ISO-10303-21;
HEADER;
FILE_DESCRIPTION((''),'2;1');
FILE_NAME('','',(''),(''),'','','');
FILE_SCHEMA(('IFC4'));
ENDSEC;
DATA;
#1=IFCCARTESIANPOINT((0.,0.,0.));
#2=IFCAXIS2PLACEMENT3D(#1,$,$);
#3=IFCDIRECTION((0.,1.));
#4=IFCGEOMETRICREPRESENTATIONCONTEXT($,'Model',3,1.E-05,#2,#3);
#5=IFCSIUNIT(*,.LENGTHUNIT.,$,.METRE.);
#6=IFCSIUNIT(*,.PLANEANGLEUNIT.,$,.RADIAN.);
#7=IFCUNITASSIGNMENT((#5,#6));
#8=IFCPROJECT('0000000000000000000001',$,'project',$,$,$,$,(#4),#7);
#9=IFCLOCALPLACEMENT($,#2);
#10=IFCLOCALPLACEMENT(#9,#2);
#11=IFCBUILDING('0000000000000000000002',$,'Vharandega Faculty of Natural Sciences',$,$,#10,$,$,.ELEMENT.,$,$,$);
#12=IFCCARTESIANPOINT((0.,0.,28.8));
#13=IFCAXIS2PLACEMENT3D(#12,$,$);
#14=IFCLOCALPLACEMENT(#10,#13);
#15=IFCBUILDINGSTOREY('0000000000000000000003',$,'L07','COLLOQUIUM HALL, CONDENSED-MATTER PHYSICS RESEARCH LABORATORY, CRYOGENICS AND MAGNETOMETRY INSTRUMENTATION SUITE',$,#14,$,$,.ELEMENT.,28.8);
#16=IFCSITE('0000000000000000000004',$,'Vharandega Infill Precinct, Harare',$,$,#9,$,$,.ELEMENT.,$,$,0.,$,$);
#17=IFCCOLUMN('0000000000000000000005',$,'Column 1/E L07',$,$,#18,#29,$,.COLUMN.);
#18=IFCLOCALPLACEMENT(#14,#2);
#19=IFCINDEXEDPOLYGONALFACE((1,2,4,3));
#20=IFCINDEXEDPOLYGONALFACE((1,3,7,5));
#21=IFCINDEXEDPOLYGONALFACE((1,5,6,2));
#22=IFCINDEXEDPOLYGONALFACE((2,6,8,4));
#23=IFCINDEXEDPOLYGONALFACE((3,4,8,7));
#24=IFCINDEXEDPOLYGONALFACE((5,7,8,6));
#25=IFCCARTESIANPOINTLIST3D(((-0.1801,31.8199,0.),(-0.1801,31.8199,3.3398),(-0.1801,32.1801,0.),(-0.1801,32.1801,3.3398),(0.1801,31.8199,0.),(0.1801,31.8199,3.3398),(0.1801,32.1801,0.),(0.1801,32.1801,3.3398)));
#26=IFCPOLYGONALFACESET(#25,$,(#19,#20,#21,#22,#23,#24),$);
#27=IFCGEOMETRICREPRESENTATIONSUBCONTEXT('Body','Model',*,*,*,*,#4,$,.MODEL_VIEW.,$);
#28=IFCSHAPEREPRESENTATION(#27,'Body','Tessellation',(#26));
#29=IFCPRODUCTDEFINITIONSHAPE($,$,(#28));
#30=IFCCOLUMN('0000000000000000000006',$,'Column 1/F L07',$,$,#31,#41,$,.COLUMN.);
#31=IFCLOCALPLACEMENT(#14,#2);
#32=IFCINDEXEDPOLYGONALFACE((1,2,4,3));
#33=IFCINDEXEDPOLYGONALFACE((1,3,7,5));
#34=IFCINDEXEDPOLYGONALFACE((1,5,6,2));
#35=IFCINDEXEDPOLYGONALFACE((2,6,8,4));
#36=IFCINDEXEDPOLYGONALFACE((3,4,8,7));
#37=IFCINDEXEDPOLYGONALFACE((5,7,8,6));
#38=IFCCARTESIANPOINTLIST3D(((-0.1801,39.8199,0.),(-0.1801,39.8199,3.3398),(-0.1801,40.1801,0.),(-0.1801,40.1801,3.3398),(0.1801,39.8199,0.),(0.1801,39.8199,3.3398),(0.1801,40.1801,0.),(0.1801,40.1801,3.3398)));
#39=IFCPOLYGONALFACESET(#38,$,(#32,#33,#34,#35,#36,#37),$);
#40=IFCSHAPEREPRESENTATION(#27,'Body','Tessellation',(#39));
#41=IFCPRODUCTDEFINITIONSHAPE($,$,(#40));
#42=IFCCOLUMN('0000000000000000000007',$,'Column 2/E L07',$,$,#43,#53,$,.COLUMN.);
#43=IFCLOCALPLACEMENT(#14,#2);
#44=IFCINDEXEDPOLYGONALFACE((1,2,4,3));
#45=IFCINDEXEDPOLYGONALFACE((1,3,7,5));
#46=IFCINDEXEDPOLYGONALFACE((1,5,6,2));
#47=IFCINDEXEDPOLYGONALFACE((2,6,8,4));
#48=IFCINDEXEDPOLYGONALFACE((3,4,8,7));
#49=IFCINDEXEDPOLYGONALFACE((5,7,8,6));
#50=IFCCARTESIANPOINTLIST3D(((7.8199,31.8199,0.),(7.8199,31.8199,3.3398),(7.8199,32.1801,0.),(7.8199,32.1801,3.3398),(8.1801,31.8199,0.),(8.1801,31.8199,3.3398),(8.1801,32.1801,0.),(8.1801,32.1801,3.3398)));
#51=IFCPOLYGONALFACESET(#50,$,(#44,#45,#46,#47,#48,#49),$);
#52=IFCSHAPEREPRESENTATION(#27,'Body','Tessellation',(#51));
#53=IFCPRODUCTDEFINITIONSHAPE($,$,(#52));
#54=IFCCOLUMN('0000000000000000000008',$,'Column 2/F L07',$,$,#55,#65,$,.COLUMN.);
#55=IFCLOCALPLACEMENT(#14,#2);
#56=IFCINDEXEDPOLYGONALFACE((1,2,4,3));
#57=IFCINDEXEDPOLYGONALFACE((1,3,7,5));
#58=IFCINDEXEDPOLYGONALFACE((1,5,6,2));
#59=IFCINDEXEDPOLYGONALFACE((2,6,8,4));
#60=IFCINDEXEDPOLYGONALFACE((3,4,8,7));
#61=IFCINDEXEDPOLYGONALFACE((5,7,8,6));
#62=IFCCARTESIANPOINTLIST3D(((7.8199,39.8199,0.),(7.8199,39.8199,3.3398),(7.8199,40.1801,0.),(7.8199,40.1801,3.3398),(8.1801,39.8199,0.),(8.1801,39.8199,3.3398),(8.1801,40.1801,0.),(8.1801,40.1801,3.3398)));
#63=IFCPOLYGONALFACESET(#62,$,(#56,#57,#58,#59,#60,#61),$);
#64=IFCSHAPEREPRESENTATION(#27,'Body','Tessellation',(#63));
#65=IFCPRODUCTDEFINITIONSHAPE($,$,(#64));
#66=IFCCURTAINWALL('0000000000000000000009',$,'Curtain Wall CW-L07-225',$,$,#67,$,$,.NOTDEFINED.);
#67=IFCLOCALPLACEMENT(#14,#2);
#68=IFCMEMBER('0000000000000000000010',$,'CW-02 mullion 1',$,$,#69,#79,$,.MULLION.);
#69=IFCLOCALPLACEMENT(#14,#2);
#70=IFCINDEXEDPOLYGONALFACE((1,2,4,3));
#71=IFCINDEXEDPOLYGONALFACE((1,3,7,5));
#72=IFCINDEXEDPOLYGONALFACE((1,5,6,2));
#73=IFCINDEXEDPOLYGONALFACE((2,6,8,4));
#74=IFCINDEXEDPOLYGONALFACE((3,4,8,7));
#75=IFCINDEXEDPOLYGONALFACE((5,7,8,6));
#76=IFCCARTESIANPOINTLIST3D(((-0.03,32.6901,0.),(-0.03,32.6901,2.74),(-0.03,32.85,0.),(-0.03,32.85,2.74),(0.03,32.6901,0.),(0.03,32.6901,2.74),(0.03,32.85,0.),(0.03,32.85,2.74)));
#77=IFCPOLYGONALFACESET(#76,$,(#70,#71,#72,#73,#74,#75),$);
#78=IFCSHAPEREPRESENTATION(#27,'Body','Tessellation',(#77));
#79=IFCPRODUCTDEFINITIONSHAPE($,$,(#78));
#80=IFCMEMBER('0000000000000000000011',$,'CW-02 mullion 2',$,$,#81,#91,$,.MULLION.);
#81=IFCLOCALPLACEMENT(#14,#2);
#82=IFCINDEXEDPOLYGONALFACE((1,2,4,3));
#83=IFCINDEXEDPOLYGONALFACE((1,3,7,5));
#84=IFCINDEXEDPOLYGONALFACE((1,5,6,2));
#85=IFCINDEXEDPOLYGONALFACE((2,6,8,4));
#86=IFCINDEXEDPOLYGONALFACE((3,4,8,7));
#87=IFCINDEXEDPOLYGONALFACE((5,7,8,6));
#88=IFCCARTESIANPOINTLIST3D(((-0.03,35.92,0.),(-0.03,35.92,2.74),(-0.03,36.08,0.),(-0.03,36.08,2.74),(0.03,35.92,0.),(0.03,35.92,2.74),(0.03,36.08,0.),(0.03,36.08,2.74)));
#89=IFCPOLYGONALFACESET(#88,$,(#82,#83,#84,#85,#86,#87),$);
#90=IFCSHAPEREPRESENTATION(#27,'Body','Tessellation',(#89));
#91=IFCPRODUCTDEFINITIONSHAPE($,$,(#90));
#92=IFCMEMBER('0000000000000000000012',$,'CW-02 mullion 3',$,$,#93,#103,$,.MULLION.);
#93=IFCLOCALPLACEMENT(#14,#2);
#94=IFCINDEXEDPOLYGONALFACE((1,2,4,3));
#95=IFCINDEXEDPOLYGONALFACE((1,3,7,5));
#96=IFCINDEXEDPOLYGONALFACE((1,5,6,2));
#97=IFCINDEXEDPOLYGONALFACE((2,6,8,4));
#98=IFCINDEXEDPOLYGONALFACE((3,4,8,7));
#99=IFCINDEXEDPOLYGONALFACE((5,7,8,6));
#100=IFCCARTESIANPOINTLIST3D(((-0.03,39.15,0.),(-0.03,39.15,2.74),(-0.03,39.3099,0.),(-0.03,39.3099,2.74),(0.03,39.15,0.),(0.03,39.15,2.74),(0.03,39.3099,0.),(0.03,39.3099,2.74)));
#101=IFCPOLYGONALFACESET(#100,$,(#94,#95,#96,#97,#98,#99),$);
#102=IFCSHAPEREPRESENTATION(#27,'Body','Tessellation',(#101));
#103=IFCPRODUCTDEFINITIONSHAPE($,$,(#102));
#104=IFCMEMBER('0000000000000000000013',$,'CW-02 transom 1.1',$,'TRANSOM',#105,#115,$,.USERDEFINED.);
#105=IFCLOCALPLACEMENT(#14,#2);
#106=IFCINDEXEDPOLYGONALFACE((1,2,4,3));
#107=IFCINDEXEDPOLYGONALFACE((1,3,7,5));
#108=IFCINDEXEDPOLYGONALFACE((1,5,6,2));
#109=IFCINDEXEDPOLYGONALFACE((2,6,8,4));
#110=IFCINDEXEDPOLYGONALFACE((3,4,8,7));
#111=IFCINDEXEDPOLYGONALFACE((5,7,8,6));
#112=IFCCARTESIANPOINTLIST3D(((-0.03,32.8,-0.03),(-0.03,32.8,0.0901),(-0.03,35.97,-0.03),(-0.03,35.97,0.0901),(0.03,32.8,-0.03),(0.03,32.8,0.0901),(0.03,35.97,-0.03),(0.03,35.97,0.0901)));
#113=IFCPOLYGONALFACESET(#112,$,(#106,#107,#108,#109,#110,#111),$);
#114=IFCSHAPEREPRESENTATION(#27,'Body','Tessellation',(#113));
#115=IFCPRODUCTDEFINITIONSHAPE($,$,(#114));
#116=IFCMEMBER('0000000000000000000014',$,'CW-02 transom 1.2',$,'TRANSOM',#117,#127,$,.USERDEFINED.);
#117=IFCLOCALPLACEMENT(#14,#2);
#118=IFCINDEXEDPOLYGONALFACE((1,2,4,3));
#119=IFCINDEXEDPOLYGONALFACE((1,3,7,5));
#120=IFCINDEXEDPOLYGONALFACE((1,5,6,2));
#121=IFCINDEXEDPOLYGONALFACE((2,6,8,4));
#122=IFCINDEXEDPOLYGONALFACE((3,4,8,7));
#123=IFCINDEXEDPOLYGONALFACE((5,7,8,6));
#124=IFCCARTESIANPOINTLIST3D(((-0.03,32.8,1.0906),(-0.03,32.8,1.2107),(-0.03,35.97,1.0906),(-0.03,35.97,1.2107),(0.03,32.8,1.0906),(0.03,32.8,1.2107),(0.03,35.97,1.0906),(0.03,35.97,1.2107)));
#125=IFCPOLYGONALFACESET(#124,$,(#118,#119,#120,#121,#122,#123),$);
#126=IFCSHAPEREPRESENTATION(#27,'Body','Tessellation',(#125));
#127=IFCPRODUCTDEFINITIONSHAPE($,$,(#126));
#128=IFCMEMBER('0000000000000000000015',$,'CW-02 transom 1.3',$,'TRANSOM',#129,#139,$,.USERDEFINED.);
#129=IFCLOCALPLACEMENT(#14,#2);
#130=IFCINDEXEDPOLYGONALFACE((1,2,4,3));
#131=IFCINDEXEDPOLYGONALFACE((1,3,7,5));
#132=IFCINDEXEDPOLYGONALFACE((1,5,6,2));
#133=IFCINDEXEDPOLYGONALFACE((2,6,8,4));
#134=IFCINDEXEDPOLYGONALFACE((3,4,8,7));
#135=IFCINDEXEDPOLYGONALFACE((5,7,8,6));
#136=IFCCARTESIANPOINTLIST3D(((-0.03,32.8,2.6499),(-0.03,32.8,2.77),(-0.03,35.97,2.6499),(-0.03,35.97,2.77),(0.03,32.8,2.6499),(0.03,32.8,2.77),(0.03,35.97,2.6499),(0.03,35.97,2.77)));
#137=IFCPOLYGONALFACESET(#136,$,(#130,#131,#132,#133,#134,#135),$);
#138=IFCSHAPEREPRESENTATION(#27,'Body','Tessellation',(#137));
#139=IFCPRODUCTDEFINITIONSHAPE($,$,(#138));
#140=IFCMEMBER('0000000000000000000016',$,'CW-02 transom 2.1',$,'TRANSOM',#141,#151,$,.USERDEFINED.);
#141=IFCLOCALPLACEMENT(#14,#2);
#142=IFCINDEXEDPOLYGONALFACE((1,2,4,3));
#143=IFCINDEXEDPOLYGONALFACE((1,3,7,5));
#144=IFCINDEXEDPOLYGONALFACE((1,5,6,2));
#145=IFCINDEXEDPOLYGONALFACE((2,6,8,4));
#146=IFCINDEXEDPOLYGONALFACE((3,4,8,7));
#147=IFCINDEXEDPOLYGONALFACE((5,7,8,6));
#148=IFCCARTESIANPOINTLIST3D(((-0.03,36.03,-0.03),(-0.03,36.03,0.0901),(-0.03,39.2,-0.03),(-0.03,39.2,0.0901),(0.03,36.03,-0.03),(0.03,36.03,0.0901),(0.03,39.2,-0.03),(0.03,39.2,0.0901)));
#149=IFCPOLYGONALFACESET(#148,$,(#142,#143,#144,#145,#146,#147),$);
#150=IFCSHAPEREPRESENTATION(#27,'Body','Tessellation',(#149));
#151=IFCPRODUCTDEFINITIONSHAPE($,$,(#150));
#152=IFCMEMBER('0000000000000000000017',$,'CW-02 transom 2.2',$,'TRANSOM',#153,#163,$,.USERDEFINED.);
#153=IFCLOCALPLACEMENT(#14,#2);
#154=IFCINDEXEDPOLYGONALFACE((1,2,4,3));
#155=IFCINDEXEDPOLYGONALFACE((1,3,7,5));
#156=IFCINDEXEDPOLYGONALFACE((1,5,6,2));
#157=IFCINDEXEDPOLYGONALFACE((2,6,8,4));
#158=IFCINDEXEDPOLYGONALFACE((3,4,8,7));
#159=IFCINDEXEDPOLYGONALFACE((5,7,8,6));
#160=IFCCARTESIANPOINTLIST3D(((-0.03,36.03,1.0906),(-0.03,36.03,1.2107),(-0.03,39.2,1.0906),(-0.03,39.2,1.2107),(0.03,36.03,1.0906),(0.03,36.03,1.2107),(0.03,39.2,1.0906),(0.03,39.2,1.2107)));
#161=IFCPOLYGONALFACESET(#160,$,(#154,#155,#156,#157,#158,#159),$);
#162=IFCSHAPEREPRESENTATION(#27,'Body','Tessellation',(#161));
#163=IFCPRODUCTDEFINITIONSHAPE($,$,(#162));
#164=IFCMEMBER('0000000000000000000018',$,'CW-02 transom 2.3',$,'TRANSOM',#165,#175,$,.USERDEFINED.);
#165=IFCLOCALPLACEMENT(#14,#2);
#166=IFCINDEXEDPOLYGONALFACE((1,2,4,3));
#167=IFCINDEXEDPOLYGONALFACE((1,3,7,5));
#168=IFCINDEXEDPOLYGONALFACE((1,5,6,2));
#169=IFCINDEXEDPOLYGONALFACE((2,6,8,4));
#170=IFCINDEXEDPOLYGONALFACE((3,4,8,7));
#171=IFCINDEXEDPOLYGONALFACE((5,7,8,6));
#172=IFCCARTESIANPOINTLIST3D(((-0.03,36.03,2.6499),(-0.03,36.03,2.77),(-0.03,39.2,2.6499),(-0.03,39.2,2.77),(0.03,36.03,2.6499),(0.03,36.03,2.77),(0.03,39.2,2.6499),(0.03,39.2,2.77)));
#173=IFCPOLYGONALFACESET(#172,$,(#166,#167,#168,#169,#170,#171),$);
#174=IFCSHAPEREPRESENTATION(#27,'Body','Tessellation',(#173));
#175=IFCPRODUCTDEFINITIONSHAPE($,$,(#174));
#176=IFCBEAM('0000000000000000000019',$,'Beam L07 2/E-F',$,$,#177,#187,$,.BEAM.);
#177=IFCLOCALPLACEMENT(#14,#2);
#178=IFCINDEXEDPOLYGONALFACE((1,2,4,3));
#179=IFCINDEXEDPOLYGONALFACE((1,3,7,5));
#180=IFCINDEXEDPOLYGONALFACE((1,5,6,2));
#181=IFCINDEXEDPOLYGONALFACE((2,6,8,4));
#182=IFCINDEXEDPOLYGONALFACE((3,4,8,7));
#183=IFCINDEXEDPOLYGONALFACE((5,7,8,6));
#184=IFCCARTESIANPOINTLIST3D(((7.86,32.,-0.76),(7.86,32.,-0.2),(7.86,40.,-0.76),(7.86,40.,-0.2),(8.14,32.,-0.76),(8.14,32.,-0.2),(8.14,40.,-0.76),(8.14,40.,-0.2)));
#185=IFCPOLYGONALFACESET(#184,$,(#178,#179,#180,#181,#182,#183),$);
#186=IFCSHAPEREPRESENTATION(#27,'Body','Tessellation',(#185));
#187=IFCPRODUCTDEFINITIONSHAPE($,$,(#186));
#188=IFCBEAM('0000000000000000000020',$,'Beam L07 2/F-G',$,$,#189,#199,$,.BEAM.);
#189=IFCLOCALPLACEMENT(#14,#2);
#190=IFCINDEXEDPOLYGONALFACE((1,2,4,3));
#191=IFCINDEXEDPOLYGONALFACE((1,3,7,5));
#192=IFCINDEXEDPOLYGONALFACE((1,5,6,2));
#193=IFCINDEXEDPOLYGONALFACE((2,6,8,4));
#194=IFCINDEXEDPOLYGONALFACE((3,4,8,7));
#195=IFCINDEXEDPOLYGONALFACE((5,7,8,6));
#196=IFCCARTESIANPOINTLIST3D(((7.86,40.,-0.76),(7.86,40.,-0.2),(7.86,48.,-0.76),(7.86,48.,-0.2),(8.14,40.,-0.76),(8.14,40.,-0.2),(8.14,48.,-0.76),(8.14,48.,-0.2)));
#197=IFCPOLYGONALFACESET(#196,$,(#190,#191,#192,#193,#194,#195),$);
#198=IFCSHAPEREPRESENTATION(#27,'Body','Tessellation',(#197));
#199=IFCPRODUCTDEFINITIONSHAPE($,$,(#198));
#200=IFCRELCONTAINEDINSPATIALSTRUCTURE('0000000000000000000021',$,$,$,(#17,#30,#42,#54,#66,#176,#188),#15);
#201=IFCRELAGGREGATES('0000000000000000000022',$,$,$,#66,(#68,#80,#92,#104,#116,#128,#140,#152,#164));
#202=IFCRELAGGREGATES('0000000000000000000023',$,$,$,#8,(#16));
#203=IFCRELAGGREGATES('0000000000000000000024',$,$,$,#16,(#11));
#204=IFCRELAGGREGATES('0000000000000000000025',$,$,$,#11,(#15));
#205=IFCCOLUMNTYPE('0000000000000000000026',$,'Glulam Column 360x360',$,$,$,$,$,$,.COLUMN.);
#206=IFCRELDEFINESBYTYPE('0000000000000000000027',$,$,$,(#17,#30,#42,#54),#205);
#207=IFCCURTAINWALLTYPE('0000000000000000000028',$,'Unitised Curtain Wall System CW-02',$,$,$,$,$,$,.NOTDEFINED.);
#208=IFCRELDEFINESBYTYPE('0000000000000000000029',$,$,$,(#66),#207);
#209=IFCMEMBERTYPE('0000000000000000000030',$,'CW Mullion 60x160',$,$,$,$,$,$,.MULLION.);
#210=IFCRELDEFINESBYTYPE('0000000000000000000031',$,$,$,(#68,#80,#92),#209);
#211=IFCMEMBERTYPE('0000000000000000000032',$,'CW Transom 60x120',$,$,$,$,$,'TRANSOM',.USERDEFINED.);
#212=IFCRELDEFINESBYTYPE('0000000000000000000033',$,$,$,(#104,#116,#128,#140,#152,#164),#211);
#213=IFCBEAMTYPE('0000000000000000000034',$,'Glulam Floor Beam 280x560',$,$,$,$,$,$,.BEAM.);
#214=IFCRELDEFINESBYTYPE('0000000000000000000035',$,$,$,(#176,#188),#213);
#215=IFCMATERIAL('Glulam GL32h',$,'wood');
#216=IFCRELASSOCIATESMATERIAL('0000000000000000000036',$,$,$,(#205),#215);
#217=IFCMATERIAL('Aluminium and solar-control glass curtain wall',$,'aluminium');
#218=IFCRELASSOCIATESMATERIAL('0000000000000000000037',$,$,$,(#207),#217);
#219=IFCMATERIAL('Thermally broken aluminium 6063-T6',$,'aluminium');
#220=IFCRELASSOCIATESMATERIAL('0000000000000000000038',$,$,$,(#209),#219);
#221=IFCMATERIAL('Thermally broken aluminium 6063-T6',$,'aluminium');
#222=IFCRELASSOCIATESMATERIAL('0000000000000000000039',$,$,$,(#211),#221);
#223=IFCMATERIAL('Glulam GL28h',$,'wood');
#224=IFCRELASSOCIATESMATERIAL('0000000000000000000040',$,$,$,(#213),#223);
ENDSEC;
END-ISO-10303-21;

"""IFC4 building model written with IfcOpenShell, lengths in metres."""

from ifc_helpers import new_model, si_unit, direction, frame, origin, origin_2d, place, context, subcontext, project, spatial, rectangle, extrude, material, material_profile, profile_set, type_object, element, aggregate, save


model = new_model("IFC4")

# Units and contexts
model_context = context("Model", 3, precision=1e-05, world=origin(), true_north=direction((0.0, 1.0)))
body_context = subcontext(model_context, "Body", "Model", "MODEL_VIEW")
ifc_project = project(units=[si_unit("LENGTHUNIT", "METRE"), si_unit("PLANEANGLEUNIT", "RADIAN")], contexts=[model_context])

# Site, building, storey
site_placement = place(None, origin())
site = spatial("IfcSite", under=ifc_project, at=site_placement, Name="Vharandega Infill Precinct, Harare", CompositionType="ELEMENT", RefElevation=0.0)
building_placement = place(site_placement, origin())
building = spatial("IfcBuilding", under=site, at=building_placement, Name="Vharandega Faculty of Natural Sciences", CompositionType="ELEMENT")
storey_placement = place(building_placement, frame((0.0, 0.0, 28.8)))
storey = spatial("IfcBuildingStorey", under=building, at=storey_placement, Name="L07", Description="COLLOQUIUM HALL, CONDENSED-MATTER PHYSICS RESEARCH LABORATORY, CRYOGENICS AND MAGNETOMETRY INSTRUMENTATION SUITE", CompositionType="ELEMENT", Elevation=28.8)

# Columns
ifc_material_1 = material(Name="Glulam GL32h", Category="wood")
ifc_material_profile_1 = material_profile(ifc_material_1, rectangle(XDim=0.3601, YDim=0.3601, at=origin_2d()), Name="GL32h 360x360")
ifc_profile_set_1 = profile_set([ifc_material_profile_1], Name="Glulam GL32h")
column_type = type_object("IfcColumnType", Name="Glulam Column 360x360", PredefinedType="COLUMN", material=ifc_profile_set_1)
for number, where, z_axis, x_axis, name in (
    (1, (0.0, 32.0, 0.0), (0.0, 0.0, 1.0), (1.0, 0.0, 0.0), "Column 1/E L07"),
    (2, (0.0, 40.0, 0.0), (0.0, 0.0, 1.0), (1.0, 0.0, 0.0), "Column 1/F L07"),
    (3, (8.0, 32.0, 0.0), (0.0, 0.0, 1.0), (1.0, 0.0, 0.0), "Column 2/E L07"),
    (4, (8.0, 40.0, 0.0), (0.0, 0.0, 1.0), (1.0, 0.0, 0.0), "Column 2/F L07"),
):
    element("IfcColumn", number, at=place(storey_placement, frame(where, z_axis=z_axis, x_axis=x_axis)), inside=storey, type_object=column_type, Name=name, PredefinedType="COLUMN", context=body_context, shape_type="SweptSolid", body=[
        extrude(rectangle(XDim=0.3601, YDim=0.3601, at=origin_2d()), origin(), (0.0, 0.0, 1.0), 3.3398),
    ])

# Curtain wall, members
ifc_material_2 = material(Name="Aluminium and solar-control glass curtain wall", Category="aluminium")
curtain_wall_type = type_object("IfcCurtainWallType", Name="Unitised Curtain Wall System CW-02", PredefinedType="NOTDEFINED", material=ifc_material_2)
curtain_wall_placement = place(storey_placement, origin())
curtain_wall = element("IfcCurtainWall", 5, at=curtain_wall_placement, inside=storey, type_object=curtain_wall_type, Name="Curtain Wall CW-L07-225", PredefinedType="NOTDEFINED")
ifc_material_3 = material(Name="Thermally broken aluminium 6063-T6", Category="aluminium")
ifc_material_profile_2 = material_profile(ifc_material_3, rectangle(XDim=0.0601, YDim=0.1599, at=origin_2d()), Name="ALU 60x160")
ifc_profile_set_2 = profile_set([ifc_material_profile_2], Name="Thermally broken aluminium 6063-T6")
member_type_1 = type_object("IfcMemberType", Name="CW Mullion 60x160", PredefinedType="MULLION", material=ifc_profile_set_2)
member_1_placement = place(storey_placement, frame((0.0, 32.77, 0.0), z_axis=(0.0, 0.0, 1.0), x_axis=(-1.0, 0.0, 0.0)))
member_1 = element("IfcMember", 6, at=member_1_placement, type_object=member_type_1, Name="CW-02 mullion 1", PredefinedType="MULLION", context=body_context, shape_type="SweptSolid", body=[
    extrude(rectangle(XDim=0.0601, YDim=0.1599, at=origin_2d()), origin(), (0.0, 0.0, 1.0), 2.74),
])
member_2_placement = place(storey_placement, frame((0.0, 36.0, 0.0), z_axis=(0.0, 0.0, 1.0), x_axis=(-1.0, 0.0, 0.0)))
member_2 = element("IfcMember", 7, at=member_2_placement, type_object=member_type_1, Name="CW-02 mullion 2", PredefinedType="MULLION", context=body_context, shape_type="SweptSolid", body=[
    extrude(rectangle(XDim=0.0601, YDim=0.1599, at=origin_2d()), origin(), (0.0, 0.0, 1.0), 2.74),
])
member_3_placement = place(storey_placement, frame((0.0, 39.23, 0.0), z_axis=(0.0, 0.0, 1.0), x_axis=(-1.0, 0.0, 0.0)))
member_3 = element("IfcMember", 8, at=member_3_placement, type_object=member_type_1, Name="CW-02 mullion 3", PredefinedType="MULLION", context=body_context, shape_type="SweptSolid", body=[
    extrude(rectangle(XDim=0.0601, YDim=0.1599, at=origin_2d()), origin(), (0.0, 0.0, 1.0), 2.74),
])
ifc_material_4 = material(Name="Thermally broken aluminium 6063-T6", Category="aluminium")
ifc_material_profile_3 = material_profile(ifc_material_4, rectangle(XDim=0.0601, YDim=0.1201, at=origin_2d()), Name="ALU 60x120")
ifc_profile_set_3 = profile_set([ifc_material_profile_3], Name="Thermally broken aluminium 6063-T6")
member_type_2 = type_object("IfcMemberType", Name="CW Transom 60x120", ElementType="TRANSOM", PredefinedType="USERDEFINED", material=ifc_profile_set_3)
member_4_placement = place(storey_placement, frame((0.0, 32.8, 0.03), z_axis=(0.0, 1.0, 0.0), x_axis=(-1.0, 0.0, 0.0)))
member_4 = element("IfcMember", 9, at=member_4_placement, type_object=member_type_2, Name="CW-02 transom 1.1", ObjectType="TRANSOM", PredefinedType="USERDEFINED", context=body_context, shape_type="SweptSolid", body=[
    extrude(rectangle(XDim=0.0601, YDim=0.1201, at=origin_2d()), origin(), (0.0, 0.0, 1.0), 3.1699),
])
member_5_placement = place(storey_placement, frame((0.0, 32.8, 1.1506), z_axis=(0.0, 1.0, 0.0), x_axis=(-1.0, 0.0, 0.0)))
member_5 = element("IfcMember", 10, at=member_5_placement, type_object=member_type_2, Name="CW-02 transom 1.2", ObjectType="TRANSOM", PredefinedType="USERDEFINED", context=body_context, shape_type="SweptSolid", body=[
    extrude(rectangle(XDim=0.0601, YDim=0.1201, at=origin_2d()), origin(), (0.0, 0.0, 1.0), 3.1699),
])
member_6_placement = place(storey_placement, frame((0.0, 32.8, 2.71), z_axis=(0.0, 1.0, 0.0), x_axis=(-1.0, 0.0, 0.0)))
member_6 = element("IfcMember", 11, at=member_6_placement, type_object=member_type_2, Name="CW-02 transom 1.3", ObjectType="TRANSOM", PredefinedType="USERDEFINED", context=body_context, shape_type="SweptSolid", body=[
    extrude(rectangle(XDim=0.0601, YDim=0.1201, at=origin_2d()), origin(), (0.0, 0.0, 1.0), 3.1699),
])
member_7_placement = place(storey_placement, frame((0.0, 36.03, 0.03), z_axis=(0.0, 1.0, 0.0), x_axis=(-1.0, 0.0, 0.0)))
member_7 = element("IfcMember", 12, at=member_7_placement, type_object=member_type_2, Name="CW-02 transom 2.1", ObjectType="TRANSOM", PredefinedType="USERDEFINED", context=body_context, shape_type="SweptSolid", body=[
    extrude(rectangle(XDim=0.0601, YDim=0.1201, at=origin_2d()), origin(), (0.0, 0.0, 1.0), 3.1699),
])
member_8_placement = place(storey_placement, frame((0.0, 36.03, 1.1506), z_axis=(0.0, 1.0, 0.0), x_axis=(-1.0, 0.0, 0.0)))
member_8 = element("IfcMember", 13, at=member_8_placement, type_object=member_type_2, Name="CW-02 transom 2.2", ObjectType="TRANSOM", PredefinedType="USERDEFINED", context=body_context, shape_type="SweptSolid", body=[
    extrude(rectangle(XDim=0.0601, YDim=0.1201, at=origin_2d()), origin(), (0.0, 0.0, 1.0), 3.1699),
])
member_9_placement = place(storey_placement, frame((0.0, 36.03, 2.71), z_axis=(0.0, 1.0, 0.0), x_axis=(-1.0, 0.0, 0.0)))
member_9 = element("IfcMember", 14, at=member_9_placement, type_object=member_type_2, Name="CW-02 transom 2.3", ObjectType="TRANSOM", PredefinedType="USERDEFINED", context=body_context, shape_type="SweptSolid", body=[
    extrude(rectangle(XDim=0.0601, YDim=0.1201, at=origin_2d()), origin(), (0.0, 0.0, 1.0), 3.1699),
])

# Beams
ifc_material_5 = material(Name="Glulam GL28h", Category="wood")
ifc_material_profile_4 = material_profile(ifc_material_5, rectangle(XDim=0.28, YDim=0.5601, at=origin_2d()), Name="GL28h 280x560")
ifc_profile_set_4 = profile_set([ifc_material_profile_4], Name="Glulam GL28h")
beam_type_1 = type_object("IfcBeamType", Name="Glulam Floor Beam 280x560", PredefinedType="BEAM", material=ifc_profile_set_4)
for number, where, z_axis, x_axis, name in (
    (15, (8.0, 32.0, -0.48), (0.0, 1.0, 0.0), (-1.0, 0.0, 0.0), "Beam L07 2/E-F"),
    (16, (8.0, 40.0, -0.48), (0.0, 1.0, 0.0), (-1.0, 0.0, 0.0), "Beam L07 2/F-G"),
):
    element("IfcBeam", number, at=place(storey_placement, frame(where, z_axis=z_axis, x_axis=x_axis)), inside=storey, type_object=beam_type_1, Name=name, PredefinedType="BEAM", context=body_context, shape_type="SweptSolid", body=[
        extrude(rectangle(XDim=0.28, YDim=0.5601, at=origin_2d()), origin(), (0.0, 0.0, 1.0), 8.0),
    ])

aggregate(curtain_wall, [member_1, member_2, member_3, member_4, member_5, member_6, member_7, member_8, member_9])

save(model, "model.ifc")
